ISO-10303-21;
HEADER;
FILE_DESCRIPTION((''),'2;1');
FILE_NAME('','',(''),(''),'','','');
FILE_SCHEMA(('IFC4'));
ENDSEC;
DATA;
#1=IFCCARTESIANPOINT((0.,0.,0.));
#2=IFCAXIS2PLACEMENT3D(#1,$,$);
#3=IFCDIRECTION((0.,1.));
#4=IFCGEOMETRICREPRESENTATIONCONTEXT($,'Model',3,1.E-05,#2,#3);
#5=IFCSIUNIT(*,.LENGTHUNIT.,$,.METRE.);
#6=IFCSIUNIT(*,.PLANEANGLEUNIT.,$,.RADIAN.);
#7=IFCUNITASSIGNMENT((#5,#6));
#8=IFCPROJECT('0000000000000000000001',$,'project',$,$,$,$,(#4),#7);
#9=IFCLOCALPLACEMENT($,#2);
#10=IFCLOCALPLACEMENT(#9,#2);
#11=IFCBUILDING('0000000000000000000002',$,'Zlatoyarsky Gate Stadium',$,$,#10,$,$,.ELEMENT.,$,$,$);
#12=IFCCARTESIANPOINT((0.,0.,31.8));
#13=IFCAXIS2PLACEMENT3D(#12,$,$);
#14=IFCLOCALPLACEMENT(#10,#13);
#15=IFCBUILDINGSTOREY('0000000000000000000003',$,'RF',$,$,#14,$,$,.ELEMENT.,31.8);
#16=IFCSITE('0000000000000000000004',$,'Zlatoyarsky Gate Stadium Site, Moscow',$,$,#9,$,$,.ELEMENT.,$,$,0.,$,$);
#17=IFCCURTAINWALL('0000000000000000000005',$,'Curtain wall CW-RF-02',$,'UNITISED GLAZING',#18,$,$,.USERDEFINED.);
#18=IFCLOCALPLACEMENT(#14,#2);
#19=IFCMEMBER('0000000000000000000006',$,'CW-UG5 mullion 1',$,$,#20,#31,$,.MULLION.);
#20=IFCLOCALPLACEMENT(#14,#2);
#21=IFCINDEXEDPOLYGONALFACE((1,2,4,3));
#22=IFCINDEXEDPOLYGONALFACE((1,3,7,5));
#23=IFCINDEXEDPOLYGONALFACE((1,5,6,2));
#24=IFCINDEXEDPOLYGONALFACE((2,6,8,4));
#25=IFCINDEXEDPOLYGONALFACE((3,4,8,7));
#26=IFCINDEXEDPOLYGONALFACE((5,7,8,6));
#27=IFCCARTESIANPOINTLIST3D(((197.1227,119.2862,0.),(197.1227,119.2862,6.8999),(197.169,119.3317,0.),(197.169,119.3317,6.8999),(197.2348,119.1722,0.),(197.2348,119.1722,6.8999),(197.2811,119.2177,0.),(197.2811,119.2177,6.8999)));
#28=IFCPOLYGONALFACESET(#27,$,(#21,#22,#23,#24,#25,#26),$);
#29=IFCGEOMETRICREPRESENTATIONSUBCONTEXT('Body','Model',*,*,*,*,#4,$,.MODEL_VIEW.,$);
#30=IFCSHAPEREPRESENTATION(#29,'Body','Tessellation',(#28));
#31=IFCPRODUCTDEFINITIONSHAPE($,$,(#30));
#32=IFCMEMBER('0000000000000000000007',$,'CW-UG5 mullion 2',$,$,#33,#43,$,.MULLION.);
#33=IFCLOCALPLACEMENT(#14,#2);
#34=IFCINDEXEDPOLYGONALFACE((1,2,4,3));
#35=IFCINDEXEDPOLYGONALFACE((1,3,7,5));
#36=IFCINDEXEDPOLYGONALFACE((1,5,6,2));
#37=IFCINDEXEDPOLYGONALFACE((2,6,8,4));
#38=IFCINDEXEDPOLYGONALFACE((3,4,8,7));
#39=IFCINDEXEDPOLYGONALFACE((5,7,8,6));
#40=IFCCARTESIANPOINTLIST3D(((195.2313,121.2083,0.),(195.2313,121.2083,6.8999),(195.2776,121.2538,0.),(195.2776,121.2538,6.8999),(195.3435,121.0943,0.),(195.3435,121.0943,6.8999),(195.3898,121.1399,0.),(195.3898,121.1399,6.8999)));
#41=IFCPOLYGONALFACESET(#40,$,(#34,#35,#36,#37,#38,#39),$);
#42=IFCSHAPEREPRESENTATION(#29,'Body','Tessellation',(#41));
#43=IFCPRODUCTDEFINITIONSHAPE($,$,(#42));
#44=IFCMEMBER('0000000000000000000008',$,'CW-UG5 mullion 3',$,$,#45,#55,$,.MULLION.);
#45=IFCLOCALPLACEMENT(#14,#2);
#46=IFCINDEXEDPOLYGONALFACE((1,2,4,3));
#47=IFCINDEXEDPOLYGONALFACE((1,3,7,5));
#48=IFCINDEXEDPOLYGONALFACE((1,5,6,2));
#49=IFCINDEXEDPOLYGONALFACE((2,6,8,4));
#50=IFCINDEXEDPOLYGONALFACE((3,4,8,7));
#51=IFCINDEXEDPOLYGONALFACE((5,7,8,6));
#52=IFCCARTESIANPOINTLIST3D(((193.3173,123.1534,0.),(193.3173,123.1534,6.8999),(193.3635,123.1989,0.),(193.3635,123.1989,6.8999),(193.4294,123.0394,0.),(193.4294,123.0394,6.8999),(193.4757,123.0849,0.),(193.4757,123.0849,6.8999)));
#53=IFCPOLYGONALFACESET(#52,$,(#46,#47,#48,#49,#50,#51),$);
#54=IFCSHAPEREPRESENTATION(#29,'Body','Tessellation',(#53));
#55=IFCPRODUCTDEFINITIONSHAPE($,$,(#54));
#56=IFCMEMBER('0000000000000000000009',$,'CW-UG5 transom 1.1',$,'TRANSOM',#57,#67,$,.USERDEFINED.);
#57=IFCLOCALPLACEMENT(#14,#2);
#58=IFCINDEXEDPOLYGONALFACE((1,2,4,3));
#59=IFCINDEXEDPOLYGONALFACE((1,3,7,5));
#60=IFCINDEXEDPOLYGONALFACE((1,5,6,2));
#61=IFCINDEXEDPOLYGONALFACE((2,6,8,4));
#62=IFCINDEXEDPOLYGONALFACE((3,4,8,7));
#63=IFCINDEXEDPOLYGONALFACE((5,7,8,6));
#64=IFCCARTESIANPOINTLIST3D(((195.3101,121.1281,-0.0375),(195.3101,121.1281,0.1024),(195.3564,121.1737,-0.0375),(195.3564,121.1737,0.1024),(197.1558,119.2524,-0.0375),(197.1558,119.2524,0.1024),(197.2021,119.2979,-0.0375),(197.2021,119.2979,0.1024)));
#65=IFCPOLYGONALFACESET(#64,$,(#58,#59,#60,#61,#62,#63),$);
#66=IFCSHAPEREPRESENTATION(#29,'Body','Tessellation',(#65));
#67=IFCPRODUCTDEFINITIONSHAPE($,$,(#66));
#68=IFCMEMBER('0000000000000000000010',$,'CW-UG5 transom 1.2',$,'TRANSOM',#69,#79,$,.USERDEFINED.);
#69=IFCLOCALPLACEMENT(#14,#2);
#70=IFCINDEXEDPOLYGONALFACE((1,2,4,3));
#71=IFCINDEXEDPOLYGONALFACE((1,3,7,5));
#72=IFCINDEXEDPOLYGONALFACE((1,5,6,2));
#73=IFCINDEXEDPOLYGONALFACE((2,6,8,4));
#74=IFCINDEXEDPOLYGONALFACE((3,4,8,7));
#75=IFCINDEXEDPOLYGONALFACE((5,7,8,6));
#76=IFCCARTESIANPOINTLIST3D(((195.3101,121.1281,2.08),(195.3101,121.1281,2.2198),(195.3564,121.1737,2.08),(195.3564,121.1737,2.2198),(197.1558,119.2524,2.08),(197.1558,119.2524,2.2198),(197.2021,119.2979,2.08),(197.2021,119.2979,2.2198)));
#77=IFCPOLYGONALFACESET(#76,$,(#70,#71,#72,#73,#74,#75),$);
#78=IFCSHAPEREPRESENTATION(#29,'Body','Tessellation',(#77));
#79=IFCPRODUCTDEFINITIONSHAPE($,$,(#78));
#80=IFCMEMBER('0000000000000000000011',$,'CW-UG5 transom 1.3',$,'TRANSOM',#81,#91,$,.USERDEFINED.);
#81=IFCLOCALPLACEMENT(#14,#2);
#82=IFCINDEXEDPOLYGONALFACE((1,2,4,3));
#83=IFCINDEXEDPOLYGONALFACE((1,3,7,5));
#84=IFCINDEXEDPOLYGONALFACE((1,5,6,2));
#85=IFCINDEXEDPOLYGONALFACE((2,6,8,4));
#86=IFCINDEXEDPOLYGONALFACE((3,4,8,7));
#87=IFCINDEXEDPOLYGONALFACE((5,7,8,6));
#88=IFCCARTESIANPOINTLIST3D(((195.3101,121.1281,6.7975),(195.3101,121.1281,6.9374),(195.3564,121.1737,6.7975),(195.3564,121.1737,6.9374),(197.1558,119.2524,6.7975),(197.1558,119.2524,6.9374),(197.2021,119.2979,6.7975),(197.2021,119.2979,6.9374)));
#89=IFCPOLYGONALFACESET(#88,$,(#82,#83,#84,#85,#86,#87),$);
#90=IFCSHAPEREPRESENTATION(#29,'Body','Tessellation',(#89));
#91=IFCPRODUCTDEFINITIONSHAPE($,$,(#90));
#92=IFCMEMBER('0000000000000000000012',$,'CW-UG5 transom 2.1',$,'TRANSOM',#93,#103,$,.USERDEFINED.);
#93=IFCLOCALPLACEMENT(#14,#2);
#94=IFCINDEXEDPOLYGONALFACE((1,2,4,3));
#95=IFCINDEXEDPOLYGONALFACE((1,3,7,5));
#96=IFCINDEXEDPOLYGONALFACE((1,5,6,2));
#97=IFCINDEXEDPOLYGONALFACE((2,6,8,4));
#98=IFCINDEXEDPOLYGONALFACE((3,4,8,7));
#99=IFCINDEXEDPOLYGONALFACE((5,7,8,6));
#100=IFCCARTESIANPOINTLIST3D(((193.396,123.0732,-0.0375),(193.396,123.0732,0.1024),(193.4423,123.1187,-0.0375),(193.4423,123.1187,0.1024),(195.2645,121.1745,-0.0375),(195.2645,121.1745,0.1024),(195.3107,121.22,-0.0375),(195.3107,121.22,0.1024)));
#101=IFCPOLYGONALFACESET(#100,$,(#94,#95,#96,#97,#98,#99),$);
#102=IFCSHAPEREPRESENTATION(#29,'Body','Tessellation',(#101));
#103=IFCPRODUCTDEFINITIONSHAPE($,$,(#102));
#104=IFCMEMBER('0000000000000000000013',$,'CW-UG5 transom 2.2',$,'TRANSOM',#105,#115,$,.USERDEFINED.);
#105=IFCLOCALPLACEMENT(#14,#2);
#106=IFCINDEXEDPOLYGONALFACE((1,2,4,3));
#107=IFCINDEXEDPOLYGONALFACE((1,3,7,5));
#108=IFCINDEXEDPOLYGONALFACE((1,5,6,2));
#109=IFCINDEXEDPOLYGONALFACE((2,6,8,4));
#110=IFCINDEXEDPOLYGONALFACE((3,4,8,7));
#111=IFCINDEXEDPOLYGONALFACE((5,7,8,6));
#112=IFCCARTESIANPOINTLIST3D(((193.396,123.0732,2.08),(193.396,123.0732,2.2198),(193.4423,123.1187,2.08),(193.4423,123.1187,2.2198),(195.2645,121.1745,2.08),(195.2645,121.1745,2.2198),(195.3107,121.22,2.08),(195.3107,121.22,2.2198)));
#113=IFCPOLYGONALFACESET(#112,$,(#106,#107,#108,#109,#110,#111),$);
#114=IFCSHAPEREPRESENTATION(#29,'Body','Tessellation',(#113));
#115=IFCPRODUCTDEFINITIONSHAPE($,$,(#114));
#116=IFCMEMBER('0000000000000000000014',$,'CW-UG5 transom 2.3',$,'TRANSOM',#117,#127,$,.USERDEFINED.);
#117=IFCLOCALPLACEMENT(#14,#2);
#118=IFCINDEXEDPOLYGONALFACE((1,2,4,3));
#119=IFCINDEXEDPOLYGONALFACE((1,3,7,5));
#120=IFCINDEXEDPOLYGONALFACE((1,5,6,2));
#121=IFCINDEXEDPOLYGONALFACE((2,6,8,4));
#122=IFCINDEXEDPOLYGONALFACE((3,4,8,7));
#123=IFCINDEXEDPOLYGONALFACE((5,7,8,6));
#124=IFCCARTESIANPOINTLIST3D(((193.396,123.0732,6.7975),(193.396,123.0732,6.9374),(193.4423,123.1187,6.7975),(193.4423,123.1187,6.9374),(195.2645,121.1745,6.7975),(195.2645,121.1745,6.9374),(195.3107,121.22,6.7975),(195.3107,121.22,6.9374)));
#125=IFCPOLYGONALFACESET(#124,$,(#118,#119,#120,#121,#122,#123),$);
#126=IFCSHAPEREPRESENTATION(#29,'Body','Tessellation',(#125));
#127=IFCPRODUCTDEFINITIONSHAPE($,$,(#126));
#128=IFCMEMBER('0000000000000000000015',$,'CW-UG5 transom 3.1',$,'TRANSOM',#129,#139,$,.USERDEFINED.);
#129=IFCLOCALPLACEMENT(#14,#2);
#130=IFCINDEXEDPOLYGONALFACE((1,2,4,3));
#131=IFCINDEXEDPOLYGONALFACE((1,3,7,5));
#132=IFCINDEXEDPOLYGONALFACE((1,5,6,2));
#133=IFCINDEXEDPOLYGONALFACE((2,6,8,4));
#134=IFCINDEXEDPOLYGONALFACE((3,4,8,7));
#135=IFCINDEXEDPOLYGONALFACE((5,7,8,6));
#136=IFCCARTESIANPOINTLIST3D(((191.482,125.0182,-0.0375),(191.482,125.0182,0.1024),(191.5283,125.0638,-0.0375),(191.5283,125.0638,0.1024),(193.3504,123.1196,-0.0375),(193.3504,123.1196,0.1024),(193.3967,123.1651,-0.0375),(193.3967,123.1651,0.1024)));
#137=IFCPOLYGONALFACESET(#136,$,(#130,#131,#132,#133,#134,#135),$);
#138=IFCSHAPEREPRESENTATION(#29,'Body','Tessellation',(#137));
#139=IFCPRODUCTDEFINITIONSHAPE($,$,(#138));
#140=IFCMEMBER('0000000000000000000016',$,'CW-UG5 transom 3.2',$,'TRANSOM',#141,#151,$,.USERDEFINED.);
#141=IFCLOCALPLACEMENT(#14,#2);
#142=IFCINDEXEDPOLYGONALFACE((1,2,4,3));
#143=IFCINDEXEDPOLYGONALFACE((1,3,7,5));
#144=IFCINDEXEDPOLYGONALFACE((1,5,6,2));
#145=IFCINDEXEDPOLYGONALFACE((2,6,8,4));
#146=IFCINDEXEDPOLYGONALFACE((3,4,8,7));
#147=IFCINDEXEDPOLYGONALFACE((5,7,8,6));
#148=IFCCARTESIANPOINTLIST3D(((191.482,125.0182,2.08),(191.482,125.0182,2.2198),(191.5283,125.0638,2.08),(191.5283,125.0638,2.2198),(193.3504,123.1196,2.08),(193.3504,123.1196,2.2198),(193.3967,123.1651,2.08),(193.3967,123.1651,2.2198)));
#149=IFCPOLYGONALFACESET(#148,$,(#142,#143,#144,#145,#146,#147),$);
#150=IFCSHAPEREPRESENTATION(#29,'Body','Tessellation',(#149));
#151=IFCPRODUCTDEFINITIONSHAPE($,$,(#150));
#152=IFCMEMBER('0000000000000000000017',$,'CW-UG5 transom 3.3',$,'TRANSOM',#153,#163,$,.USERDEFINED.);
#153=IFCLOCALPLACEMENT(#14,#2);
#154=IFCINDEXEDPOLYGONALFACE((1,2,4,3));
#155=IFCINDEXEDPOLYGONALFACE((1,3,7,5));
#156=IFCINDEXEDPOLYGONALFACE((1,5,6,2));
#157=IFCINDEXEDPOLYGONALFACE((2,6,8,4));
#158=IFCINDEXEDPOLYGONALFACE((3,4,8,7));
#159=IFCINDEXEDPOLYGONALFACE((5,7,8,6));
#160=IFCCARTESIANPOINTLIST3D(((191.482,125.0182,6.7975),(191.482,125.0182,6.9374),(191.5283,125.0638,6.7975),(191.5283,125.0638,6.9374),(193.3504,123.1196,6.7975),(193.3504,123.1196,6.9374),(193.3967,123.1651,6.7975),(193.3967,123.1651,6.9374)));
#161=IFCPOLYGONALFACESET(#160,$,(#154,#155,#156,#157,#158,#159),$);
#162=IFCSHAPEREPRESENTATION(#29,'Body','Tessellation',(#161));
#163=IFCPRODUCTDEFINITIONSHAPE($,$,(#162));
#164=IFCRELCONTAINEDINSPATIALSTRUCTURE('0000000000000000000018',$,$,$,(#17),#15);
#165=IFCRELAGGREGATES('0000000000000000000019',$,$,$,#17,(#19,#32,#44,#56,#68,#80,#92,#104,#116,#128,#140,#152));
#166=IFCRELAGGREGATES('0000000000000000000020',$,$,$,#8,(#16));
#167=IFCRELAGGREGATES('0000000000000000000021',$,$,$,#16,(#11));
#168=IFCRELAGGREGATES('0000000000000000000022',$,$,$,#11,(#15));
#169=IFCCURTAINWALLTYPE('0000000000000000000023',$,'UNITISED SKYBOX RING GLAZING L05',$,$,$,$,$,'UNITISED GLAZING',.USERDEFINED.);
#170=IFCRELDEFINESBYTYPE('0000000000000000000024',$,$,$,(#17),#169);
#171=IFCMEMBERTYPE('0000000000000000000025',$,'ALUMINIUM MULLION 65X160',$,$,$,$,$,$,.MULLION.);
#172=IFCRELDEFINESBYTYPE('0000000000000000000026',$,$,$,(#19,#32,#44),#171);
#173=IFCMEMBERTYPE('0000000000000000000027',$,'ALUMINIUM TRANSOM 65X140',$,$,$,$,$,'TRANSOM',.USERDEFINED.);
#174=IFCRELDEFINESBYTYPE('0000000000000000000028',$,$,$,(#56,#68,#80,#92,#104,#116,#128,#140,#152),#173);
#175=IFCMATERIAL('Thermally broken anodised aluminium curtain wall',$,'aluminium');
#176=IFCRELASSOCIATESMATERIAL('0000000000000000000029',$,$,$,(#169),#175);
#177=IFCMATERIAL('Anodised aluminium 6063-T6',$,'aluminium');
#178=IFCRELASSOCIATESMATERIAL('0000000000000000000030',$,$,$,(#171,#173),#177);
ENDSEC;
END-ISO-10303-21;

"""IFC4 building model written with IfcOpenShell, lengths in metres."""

from ifc_helpers import new_model, si_unit, direction, frame, origin, origin_2d, place, context, subcontext, project, spatial, rectangle, extrude, material, material_profile, profile_set, type_object, element, aggregate, save


model = new_model("IFC4")

# Units and contexts
model_context = context("Model", 3, precision=1e-05, world=origin(), true_north=direction((0.0, 1.0)))
body_context = subcontext(model_context, "Body", "Model", "MODEL_VIEW")
ifc_project = project(units=[si_unit("LENGTHUNIT", "METRE"), si_unit("PLANEANGLEUNIT", "RADIAN")], contexts=[model_context])

# Site, building, storey
site_placement = place(None, origin())
site = spatial("IfcSite", under=ifc_project, at=site_placement, Name="Zlatoyarsky Gate Stadium Site, Moscow", CompositionType="ELEMENT", RefElevation=0.0)
building_placement = place(site_placement, origin())
building = spatial("IfcBuilding", under=site, at=building_placement, Name="Zlatoyarsky Gate Stadium", CompositionType="ELEMENT")
storey_placement = place(building_placement, frame((0.0, 0.0, 31.8)))
storey = spatial("IfcBuildingStorey", under=building, at=storey_placement, Name="RF", CompositionType="ELEMENT", Elevation=31.8)

# Curtain wall, members
ifc_material_1 = material(Name="Thermally broken anodised aluminium curtain wall", Category="aluminium")
curtain_wall_type = type_object("IfcCurtainWallType", Name="UNITISED SKYBOX RING GLAZING L05", ElementType="UNITISED GLAZING", PredefinedType="USERDEFINED", material=ifc_material_1)
curtain_wall_placement = place(storey_placement, origin())
curtain_wall = element("IfcCurtainWall", 1, at=curtain_wall_placement, inside=storey, type_object=curtain_wall_type, Name="Curtain wall CW-RF-02", ObjectType="UNITISED GLAZING", PredefinedType="USERDEFINED")
ifc_material_2 = material(Name="Anodised aluminium 6063-T6", Category="aluminium")
ifc_material_profile_1 = material_profile(ifc_material_2, rectangle(XDim=0.0649, YDim=0.1599, at=origin_2d()), Name="ALU 65X160")
ifc_profile_set_1 = profile_set([ifc_material_profile_1], Name="Anodised aluminium 6063-T6")
member_type_1 = type_object("IfcMemberType", Name="ALUMINIUM MULLION 65X160", PredefinedType="MULLION", material=ifc_profile_set_1)
member_1_placement = place(storey_placement, frame((197.2019, 119.252, 0.0), z_axis=(0.0, 0.0, 1.0), x_axis=(-0.712766, -0.701402, 0.0)))
member_1 = element("IfcMember", 2, at=member_1_placement, type_object=member_type_1, Name="CW-UG5 mullion 1", PredefinedType="MULLION", context=body_context, shape_type="SweptSolid", body=[
    extrude(rectangle(XDim=0.0649, YDim=0.1599, at=origin_2d()), origin(), (0.0, 0.0, 1.0), 6.8999),
])
member_2_placement = place(storey_placement, frame((195.3105, 121.1741, 0.0), z_axis=(0.0, 0.0, 1.0), x_axis=(-0.712766, -0.701402, 0.0)))
member_2 = element("IfcMember", 3, at=member_2_placement, type_object=member_type_1, Name="CW-UG5 mullion 2", PredefinedType="MULLION", context=body_context, shape_type="SweptSolid", body=[
    extrude(rectangle(XDim=0.0649, YDim=0.1599, at=origin_2d()), origin(), (0.0, 0.0, 1.0), 6.8999),
])
member_3_placement = place(storey_placement, frame((193.3965, 123.1191, 0.0), z_axis=(0.0, 0.0, 1.0), x_axis=(-0.712766, -0.701402, 0.0)))
member_3 = element("IfcMember", 4, at=member_3_placement, type_object=member_type_1, Name="CW-UG5 mullion 3", PredefinedType="MULLION", context=body_context, shape_type="SweptSolid", body=[
    extrude(rectangle(XDim=0.0649, YDim=0.1599, at=origin_2d()), origin(), (0.0, 0.0, 1.0), 6.8999),
])
ifc_material_profile_2 = material_profile(ifc_material_2, rectangle(XDim=0.0649, YDim=0.1399, at=origin_2d()), Name="ALU 65X140")
ifc_profile_set_2 = profile_set([ifc_material_profile_2], Name="Anodised aluminium 6063-T6")
member_type_2 = type_object("IfcMemberType", Name="ALUMINIUM TRANSOM 65X140", ElementType="TRANSOM", PredefinedType="USERDEFINED", material=ifc_profile_set_2)
member_4_placement = place(storey_placement, frame((197.179, 119.2751, 0.0325), z_axis=(-0.701378, 0.712789, 0.0), x_axis=(-0.712789, -0.701378, 0.0)))
member_4 = element("IfcMember", 5, at=member_4_placement, type_object=member_type_2, Name="CW-UG5 transom 1.1", ObjectType="TRANSOM", PredefinedType="USERDEFINED", context=body_context, shape_type="SweptSolid", body=[
    extrude(rectangle(XDim=0.0649, YDim=0.1399, at=origin_2d()), origin(), (0.0, 0.0, 1.0), 2.6316),
])
member_5_placement = place(storey_placement, frame((197.179, 119.2751, 2.1499), z_axis=(-0.701378, 0.712789, 0.0), x_axis=(-0.712789, -0.701378, 0.0)))
member_5 = element("IfcMember", 6, at=member_5_placement, type_object=member_type_2, Name="CW-UG5 transom 1.2", ObjectType="TRANSOM", PredefinedType="USERDEFINED", context=body_context, shape_type="SweptSolid", body=[
    extrude(rectangle(XDim=0.0649, YDim=0.1399, at=origin_2d()), origin(), (0.0, 0.0, 1.0), 2.6316),
])
member_6_placement = place(storey_placement, frame((197.179, 119.2751, 6.8674), z_axis=(-0.701378, 0.712789, 0.0), x_axis=(-0.712789, -0.701378, 0.0)))
member_6 = element("IfcMember", 7, at=member_6_placement, type_object=member_type_2, Name="CW-UG5 transom 1.3", ObjectType="TRANSOM", PredefinedType="USERDEFINED", context=body_context, shape_type="SweptSolid", body=[
    extrude(rectangle(XDim=0.0649, YDim=0.1399, at=origin_2d()), origin(), (0.0, 0.0, 1.0), 2.6316),
])
member_7_placement = place(storey_placement, frame((195.2876, 121.1973, 0.0325), z_axis=(-0.701402, 0.712766, 0.0), x_axis=(-0.712766, -0.701402, 0.0)))
member_7 = element("IfcMember", 8, at=member_7_placement, type_object=member_type_2, Name="CW-UG5 transom 2.1", ObjectType="TRANSOM", PredefinedType="USERDEFINED", context=body_context, shape_type="SweptSolid", body=[
    extrude(rectangle(XDim=0.0649, YDim=0.1399, at=origin_2d()), origin(), (0.0, 0.0, 1.0), 2.6638),
])
member_8_placement = place(storey_placement, frame((195.2876, 121.1973, 2.1499), z_axis=(-0.701402, 0.712766, 0.0), x_axis=(-0.712766, -0.701402, 0.0)))
member_8 = element("IfcMember", 9, at=member_8_placement, type_object=member_type_2, Name="CW-UG5 transom 2.2", ObjectType="TRANSOM", PredefinedType="USERDEFINED", context=body_context, shape_type="SweptSolid", body=[
    extrude(rectangle(XDim=0.0649, YDim=0.1399, at=origin_2d()), origin(), (0.0, 0.0, 1.0), 2.6638),
])
member_9_placement = place(storey_placement, frame((195.2876, 121.1973, 6.8674), z_axis=(-0.701402, 0.712766, 0.0), x_axis=(-0.712766, -0.701402, 0.0)))
member_9 = element("IfcMember", 10, at=member_9_placement, type_object=member_type_2, Name="CW-UG5 transom 2.3", ObjectType="TRANSOM", PredefinedType="USERDEFINED", context=body_context, shape_type="SweptSolid", body=[
    extrude(rectangle(XDim=0.0649, YDim=0.1399, at=origin_2d()), origin(), (0.0, 0.0, 1.0), 2.6638),
])
member_10_placement = place(storey_placement, frame((193.3735, 123.1423, 0.0325), z_axis=(-0.701402, 0.712766, 0.0), x_axis=(-0.712766, -0.701402, 0.0)))
member_10 = element("IfcMember", 11, at=member_10_placement, type_object=member_type_2, Name="CW-UG5 transom 3.1", ObjectType="TRANSOM", PredefinedType="USERDEFINED", context=body_context, shape_type="SweptSolid", body=[
    extrude(rectangle(XDim=0.0649, YDim=0.1399, at=origin_2d()), origin(), (0.0, 0.0, 1.0), 2.6638),
])
member_11_placement = place(storey_placement, frame((193.3735, 123.1423, 2.1499), z_axis=(-0.701402, 0.712766, 0.0), x_axis=(-0.712766, -0.701402, 0.0)))
member_11 = element("IfcMember", 12, at=member_11_placement, type_object=member_type_2, Name="CW-UG5 transom 3.2", ObjectType="TRANSOM", PredefinedType="USERDEFINED", context=body_context, shape_type="SweptSolid", body=[
    extrude(rectangle(XDim=0.0649, YDim=0.1399, at=origin_2d()), origin(), (0.0, 0.0, 1.0), 2.6638),
])
member_12_placement = place(storey_placement, frame((193.3735, 123.1423, 6.8674), z_axis=(-0.701402, 0.712766, 0.0), x_axis=(-0.712766, -0.701402, 0.0)))
member_12 = element("IfcMember", 13, at=member_12_placement, type_object=member_type_2, Name="CW-UG5 transom 3.3", ObjectType="TRANSOM", PredefinedType="USERDEFINED", context=body_context, shape_type="SweptSolid", body=[
    extrude(rectangle(XDim=0.0649, YDim=0.1399, at=origin_2d()), origin(), (0.0, 0.0, 1.0), 2.6638),
])

aggregate(curtain_wall, [member_1, member_2, member_3, member_4, member_5, member_6, member_7, member_8, member_9, member_10, member_11, member_12])

save(model, "model.ifc")
